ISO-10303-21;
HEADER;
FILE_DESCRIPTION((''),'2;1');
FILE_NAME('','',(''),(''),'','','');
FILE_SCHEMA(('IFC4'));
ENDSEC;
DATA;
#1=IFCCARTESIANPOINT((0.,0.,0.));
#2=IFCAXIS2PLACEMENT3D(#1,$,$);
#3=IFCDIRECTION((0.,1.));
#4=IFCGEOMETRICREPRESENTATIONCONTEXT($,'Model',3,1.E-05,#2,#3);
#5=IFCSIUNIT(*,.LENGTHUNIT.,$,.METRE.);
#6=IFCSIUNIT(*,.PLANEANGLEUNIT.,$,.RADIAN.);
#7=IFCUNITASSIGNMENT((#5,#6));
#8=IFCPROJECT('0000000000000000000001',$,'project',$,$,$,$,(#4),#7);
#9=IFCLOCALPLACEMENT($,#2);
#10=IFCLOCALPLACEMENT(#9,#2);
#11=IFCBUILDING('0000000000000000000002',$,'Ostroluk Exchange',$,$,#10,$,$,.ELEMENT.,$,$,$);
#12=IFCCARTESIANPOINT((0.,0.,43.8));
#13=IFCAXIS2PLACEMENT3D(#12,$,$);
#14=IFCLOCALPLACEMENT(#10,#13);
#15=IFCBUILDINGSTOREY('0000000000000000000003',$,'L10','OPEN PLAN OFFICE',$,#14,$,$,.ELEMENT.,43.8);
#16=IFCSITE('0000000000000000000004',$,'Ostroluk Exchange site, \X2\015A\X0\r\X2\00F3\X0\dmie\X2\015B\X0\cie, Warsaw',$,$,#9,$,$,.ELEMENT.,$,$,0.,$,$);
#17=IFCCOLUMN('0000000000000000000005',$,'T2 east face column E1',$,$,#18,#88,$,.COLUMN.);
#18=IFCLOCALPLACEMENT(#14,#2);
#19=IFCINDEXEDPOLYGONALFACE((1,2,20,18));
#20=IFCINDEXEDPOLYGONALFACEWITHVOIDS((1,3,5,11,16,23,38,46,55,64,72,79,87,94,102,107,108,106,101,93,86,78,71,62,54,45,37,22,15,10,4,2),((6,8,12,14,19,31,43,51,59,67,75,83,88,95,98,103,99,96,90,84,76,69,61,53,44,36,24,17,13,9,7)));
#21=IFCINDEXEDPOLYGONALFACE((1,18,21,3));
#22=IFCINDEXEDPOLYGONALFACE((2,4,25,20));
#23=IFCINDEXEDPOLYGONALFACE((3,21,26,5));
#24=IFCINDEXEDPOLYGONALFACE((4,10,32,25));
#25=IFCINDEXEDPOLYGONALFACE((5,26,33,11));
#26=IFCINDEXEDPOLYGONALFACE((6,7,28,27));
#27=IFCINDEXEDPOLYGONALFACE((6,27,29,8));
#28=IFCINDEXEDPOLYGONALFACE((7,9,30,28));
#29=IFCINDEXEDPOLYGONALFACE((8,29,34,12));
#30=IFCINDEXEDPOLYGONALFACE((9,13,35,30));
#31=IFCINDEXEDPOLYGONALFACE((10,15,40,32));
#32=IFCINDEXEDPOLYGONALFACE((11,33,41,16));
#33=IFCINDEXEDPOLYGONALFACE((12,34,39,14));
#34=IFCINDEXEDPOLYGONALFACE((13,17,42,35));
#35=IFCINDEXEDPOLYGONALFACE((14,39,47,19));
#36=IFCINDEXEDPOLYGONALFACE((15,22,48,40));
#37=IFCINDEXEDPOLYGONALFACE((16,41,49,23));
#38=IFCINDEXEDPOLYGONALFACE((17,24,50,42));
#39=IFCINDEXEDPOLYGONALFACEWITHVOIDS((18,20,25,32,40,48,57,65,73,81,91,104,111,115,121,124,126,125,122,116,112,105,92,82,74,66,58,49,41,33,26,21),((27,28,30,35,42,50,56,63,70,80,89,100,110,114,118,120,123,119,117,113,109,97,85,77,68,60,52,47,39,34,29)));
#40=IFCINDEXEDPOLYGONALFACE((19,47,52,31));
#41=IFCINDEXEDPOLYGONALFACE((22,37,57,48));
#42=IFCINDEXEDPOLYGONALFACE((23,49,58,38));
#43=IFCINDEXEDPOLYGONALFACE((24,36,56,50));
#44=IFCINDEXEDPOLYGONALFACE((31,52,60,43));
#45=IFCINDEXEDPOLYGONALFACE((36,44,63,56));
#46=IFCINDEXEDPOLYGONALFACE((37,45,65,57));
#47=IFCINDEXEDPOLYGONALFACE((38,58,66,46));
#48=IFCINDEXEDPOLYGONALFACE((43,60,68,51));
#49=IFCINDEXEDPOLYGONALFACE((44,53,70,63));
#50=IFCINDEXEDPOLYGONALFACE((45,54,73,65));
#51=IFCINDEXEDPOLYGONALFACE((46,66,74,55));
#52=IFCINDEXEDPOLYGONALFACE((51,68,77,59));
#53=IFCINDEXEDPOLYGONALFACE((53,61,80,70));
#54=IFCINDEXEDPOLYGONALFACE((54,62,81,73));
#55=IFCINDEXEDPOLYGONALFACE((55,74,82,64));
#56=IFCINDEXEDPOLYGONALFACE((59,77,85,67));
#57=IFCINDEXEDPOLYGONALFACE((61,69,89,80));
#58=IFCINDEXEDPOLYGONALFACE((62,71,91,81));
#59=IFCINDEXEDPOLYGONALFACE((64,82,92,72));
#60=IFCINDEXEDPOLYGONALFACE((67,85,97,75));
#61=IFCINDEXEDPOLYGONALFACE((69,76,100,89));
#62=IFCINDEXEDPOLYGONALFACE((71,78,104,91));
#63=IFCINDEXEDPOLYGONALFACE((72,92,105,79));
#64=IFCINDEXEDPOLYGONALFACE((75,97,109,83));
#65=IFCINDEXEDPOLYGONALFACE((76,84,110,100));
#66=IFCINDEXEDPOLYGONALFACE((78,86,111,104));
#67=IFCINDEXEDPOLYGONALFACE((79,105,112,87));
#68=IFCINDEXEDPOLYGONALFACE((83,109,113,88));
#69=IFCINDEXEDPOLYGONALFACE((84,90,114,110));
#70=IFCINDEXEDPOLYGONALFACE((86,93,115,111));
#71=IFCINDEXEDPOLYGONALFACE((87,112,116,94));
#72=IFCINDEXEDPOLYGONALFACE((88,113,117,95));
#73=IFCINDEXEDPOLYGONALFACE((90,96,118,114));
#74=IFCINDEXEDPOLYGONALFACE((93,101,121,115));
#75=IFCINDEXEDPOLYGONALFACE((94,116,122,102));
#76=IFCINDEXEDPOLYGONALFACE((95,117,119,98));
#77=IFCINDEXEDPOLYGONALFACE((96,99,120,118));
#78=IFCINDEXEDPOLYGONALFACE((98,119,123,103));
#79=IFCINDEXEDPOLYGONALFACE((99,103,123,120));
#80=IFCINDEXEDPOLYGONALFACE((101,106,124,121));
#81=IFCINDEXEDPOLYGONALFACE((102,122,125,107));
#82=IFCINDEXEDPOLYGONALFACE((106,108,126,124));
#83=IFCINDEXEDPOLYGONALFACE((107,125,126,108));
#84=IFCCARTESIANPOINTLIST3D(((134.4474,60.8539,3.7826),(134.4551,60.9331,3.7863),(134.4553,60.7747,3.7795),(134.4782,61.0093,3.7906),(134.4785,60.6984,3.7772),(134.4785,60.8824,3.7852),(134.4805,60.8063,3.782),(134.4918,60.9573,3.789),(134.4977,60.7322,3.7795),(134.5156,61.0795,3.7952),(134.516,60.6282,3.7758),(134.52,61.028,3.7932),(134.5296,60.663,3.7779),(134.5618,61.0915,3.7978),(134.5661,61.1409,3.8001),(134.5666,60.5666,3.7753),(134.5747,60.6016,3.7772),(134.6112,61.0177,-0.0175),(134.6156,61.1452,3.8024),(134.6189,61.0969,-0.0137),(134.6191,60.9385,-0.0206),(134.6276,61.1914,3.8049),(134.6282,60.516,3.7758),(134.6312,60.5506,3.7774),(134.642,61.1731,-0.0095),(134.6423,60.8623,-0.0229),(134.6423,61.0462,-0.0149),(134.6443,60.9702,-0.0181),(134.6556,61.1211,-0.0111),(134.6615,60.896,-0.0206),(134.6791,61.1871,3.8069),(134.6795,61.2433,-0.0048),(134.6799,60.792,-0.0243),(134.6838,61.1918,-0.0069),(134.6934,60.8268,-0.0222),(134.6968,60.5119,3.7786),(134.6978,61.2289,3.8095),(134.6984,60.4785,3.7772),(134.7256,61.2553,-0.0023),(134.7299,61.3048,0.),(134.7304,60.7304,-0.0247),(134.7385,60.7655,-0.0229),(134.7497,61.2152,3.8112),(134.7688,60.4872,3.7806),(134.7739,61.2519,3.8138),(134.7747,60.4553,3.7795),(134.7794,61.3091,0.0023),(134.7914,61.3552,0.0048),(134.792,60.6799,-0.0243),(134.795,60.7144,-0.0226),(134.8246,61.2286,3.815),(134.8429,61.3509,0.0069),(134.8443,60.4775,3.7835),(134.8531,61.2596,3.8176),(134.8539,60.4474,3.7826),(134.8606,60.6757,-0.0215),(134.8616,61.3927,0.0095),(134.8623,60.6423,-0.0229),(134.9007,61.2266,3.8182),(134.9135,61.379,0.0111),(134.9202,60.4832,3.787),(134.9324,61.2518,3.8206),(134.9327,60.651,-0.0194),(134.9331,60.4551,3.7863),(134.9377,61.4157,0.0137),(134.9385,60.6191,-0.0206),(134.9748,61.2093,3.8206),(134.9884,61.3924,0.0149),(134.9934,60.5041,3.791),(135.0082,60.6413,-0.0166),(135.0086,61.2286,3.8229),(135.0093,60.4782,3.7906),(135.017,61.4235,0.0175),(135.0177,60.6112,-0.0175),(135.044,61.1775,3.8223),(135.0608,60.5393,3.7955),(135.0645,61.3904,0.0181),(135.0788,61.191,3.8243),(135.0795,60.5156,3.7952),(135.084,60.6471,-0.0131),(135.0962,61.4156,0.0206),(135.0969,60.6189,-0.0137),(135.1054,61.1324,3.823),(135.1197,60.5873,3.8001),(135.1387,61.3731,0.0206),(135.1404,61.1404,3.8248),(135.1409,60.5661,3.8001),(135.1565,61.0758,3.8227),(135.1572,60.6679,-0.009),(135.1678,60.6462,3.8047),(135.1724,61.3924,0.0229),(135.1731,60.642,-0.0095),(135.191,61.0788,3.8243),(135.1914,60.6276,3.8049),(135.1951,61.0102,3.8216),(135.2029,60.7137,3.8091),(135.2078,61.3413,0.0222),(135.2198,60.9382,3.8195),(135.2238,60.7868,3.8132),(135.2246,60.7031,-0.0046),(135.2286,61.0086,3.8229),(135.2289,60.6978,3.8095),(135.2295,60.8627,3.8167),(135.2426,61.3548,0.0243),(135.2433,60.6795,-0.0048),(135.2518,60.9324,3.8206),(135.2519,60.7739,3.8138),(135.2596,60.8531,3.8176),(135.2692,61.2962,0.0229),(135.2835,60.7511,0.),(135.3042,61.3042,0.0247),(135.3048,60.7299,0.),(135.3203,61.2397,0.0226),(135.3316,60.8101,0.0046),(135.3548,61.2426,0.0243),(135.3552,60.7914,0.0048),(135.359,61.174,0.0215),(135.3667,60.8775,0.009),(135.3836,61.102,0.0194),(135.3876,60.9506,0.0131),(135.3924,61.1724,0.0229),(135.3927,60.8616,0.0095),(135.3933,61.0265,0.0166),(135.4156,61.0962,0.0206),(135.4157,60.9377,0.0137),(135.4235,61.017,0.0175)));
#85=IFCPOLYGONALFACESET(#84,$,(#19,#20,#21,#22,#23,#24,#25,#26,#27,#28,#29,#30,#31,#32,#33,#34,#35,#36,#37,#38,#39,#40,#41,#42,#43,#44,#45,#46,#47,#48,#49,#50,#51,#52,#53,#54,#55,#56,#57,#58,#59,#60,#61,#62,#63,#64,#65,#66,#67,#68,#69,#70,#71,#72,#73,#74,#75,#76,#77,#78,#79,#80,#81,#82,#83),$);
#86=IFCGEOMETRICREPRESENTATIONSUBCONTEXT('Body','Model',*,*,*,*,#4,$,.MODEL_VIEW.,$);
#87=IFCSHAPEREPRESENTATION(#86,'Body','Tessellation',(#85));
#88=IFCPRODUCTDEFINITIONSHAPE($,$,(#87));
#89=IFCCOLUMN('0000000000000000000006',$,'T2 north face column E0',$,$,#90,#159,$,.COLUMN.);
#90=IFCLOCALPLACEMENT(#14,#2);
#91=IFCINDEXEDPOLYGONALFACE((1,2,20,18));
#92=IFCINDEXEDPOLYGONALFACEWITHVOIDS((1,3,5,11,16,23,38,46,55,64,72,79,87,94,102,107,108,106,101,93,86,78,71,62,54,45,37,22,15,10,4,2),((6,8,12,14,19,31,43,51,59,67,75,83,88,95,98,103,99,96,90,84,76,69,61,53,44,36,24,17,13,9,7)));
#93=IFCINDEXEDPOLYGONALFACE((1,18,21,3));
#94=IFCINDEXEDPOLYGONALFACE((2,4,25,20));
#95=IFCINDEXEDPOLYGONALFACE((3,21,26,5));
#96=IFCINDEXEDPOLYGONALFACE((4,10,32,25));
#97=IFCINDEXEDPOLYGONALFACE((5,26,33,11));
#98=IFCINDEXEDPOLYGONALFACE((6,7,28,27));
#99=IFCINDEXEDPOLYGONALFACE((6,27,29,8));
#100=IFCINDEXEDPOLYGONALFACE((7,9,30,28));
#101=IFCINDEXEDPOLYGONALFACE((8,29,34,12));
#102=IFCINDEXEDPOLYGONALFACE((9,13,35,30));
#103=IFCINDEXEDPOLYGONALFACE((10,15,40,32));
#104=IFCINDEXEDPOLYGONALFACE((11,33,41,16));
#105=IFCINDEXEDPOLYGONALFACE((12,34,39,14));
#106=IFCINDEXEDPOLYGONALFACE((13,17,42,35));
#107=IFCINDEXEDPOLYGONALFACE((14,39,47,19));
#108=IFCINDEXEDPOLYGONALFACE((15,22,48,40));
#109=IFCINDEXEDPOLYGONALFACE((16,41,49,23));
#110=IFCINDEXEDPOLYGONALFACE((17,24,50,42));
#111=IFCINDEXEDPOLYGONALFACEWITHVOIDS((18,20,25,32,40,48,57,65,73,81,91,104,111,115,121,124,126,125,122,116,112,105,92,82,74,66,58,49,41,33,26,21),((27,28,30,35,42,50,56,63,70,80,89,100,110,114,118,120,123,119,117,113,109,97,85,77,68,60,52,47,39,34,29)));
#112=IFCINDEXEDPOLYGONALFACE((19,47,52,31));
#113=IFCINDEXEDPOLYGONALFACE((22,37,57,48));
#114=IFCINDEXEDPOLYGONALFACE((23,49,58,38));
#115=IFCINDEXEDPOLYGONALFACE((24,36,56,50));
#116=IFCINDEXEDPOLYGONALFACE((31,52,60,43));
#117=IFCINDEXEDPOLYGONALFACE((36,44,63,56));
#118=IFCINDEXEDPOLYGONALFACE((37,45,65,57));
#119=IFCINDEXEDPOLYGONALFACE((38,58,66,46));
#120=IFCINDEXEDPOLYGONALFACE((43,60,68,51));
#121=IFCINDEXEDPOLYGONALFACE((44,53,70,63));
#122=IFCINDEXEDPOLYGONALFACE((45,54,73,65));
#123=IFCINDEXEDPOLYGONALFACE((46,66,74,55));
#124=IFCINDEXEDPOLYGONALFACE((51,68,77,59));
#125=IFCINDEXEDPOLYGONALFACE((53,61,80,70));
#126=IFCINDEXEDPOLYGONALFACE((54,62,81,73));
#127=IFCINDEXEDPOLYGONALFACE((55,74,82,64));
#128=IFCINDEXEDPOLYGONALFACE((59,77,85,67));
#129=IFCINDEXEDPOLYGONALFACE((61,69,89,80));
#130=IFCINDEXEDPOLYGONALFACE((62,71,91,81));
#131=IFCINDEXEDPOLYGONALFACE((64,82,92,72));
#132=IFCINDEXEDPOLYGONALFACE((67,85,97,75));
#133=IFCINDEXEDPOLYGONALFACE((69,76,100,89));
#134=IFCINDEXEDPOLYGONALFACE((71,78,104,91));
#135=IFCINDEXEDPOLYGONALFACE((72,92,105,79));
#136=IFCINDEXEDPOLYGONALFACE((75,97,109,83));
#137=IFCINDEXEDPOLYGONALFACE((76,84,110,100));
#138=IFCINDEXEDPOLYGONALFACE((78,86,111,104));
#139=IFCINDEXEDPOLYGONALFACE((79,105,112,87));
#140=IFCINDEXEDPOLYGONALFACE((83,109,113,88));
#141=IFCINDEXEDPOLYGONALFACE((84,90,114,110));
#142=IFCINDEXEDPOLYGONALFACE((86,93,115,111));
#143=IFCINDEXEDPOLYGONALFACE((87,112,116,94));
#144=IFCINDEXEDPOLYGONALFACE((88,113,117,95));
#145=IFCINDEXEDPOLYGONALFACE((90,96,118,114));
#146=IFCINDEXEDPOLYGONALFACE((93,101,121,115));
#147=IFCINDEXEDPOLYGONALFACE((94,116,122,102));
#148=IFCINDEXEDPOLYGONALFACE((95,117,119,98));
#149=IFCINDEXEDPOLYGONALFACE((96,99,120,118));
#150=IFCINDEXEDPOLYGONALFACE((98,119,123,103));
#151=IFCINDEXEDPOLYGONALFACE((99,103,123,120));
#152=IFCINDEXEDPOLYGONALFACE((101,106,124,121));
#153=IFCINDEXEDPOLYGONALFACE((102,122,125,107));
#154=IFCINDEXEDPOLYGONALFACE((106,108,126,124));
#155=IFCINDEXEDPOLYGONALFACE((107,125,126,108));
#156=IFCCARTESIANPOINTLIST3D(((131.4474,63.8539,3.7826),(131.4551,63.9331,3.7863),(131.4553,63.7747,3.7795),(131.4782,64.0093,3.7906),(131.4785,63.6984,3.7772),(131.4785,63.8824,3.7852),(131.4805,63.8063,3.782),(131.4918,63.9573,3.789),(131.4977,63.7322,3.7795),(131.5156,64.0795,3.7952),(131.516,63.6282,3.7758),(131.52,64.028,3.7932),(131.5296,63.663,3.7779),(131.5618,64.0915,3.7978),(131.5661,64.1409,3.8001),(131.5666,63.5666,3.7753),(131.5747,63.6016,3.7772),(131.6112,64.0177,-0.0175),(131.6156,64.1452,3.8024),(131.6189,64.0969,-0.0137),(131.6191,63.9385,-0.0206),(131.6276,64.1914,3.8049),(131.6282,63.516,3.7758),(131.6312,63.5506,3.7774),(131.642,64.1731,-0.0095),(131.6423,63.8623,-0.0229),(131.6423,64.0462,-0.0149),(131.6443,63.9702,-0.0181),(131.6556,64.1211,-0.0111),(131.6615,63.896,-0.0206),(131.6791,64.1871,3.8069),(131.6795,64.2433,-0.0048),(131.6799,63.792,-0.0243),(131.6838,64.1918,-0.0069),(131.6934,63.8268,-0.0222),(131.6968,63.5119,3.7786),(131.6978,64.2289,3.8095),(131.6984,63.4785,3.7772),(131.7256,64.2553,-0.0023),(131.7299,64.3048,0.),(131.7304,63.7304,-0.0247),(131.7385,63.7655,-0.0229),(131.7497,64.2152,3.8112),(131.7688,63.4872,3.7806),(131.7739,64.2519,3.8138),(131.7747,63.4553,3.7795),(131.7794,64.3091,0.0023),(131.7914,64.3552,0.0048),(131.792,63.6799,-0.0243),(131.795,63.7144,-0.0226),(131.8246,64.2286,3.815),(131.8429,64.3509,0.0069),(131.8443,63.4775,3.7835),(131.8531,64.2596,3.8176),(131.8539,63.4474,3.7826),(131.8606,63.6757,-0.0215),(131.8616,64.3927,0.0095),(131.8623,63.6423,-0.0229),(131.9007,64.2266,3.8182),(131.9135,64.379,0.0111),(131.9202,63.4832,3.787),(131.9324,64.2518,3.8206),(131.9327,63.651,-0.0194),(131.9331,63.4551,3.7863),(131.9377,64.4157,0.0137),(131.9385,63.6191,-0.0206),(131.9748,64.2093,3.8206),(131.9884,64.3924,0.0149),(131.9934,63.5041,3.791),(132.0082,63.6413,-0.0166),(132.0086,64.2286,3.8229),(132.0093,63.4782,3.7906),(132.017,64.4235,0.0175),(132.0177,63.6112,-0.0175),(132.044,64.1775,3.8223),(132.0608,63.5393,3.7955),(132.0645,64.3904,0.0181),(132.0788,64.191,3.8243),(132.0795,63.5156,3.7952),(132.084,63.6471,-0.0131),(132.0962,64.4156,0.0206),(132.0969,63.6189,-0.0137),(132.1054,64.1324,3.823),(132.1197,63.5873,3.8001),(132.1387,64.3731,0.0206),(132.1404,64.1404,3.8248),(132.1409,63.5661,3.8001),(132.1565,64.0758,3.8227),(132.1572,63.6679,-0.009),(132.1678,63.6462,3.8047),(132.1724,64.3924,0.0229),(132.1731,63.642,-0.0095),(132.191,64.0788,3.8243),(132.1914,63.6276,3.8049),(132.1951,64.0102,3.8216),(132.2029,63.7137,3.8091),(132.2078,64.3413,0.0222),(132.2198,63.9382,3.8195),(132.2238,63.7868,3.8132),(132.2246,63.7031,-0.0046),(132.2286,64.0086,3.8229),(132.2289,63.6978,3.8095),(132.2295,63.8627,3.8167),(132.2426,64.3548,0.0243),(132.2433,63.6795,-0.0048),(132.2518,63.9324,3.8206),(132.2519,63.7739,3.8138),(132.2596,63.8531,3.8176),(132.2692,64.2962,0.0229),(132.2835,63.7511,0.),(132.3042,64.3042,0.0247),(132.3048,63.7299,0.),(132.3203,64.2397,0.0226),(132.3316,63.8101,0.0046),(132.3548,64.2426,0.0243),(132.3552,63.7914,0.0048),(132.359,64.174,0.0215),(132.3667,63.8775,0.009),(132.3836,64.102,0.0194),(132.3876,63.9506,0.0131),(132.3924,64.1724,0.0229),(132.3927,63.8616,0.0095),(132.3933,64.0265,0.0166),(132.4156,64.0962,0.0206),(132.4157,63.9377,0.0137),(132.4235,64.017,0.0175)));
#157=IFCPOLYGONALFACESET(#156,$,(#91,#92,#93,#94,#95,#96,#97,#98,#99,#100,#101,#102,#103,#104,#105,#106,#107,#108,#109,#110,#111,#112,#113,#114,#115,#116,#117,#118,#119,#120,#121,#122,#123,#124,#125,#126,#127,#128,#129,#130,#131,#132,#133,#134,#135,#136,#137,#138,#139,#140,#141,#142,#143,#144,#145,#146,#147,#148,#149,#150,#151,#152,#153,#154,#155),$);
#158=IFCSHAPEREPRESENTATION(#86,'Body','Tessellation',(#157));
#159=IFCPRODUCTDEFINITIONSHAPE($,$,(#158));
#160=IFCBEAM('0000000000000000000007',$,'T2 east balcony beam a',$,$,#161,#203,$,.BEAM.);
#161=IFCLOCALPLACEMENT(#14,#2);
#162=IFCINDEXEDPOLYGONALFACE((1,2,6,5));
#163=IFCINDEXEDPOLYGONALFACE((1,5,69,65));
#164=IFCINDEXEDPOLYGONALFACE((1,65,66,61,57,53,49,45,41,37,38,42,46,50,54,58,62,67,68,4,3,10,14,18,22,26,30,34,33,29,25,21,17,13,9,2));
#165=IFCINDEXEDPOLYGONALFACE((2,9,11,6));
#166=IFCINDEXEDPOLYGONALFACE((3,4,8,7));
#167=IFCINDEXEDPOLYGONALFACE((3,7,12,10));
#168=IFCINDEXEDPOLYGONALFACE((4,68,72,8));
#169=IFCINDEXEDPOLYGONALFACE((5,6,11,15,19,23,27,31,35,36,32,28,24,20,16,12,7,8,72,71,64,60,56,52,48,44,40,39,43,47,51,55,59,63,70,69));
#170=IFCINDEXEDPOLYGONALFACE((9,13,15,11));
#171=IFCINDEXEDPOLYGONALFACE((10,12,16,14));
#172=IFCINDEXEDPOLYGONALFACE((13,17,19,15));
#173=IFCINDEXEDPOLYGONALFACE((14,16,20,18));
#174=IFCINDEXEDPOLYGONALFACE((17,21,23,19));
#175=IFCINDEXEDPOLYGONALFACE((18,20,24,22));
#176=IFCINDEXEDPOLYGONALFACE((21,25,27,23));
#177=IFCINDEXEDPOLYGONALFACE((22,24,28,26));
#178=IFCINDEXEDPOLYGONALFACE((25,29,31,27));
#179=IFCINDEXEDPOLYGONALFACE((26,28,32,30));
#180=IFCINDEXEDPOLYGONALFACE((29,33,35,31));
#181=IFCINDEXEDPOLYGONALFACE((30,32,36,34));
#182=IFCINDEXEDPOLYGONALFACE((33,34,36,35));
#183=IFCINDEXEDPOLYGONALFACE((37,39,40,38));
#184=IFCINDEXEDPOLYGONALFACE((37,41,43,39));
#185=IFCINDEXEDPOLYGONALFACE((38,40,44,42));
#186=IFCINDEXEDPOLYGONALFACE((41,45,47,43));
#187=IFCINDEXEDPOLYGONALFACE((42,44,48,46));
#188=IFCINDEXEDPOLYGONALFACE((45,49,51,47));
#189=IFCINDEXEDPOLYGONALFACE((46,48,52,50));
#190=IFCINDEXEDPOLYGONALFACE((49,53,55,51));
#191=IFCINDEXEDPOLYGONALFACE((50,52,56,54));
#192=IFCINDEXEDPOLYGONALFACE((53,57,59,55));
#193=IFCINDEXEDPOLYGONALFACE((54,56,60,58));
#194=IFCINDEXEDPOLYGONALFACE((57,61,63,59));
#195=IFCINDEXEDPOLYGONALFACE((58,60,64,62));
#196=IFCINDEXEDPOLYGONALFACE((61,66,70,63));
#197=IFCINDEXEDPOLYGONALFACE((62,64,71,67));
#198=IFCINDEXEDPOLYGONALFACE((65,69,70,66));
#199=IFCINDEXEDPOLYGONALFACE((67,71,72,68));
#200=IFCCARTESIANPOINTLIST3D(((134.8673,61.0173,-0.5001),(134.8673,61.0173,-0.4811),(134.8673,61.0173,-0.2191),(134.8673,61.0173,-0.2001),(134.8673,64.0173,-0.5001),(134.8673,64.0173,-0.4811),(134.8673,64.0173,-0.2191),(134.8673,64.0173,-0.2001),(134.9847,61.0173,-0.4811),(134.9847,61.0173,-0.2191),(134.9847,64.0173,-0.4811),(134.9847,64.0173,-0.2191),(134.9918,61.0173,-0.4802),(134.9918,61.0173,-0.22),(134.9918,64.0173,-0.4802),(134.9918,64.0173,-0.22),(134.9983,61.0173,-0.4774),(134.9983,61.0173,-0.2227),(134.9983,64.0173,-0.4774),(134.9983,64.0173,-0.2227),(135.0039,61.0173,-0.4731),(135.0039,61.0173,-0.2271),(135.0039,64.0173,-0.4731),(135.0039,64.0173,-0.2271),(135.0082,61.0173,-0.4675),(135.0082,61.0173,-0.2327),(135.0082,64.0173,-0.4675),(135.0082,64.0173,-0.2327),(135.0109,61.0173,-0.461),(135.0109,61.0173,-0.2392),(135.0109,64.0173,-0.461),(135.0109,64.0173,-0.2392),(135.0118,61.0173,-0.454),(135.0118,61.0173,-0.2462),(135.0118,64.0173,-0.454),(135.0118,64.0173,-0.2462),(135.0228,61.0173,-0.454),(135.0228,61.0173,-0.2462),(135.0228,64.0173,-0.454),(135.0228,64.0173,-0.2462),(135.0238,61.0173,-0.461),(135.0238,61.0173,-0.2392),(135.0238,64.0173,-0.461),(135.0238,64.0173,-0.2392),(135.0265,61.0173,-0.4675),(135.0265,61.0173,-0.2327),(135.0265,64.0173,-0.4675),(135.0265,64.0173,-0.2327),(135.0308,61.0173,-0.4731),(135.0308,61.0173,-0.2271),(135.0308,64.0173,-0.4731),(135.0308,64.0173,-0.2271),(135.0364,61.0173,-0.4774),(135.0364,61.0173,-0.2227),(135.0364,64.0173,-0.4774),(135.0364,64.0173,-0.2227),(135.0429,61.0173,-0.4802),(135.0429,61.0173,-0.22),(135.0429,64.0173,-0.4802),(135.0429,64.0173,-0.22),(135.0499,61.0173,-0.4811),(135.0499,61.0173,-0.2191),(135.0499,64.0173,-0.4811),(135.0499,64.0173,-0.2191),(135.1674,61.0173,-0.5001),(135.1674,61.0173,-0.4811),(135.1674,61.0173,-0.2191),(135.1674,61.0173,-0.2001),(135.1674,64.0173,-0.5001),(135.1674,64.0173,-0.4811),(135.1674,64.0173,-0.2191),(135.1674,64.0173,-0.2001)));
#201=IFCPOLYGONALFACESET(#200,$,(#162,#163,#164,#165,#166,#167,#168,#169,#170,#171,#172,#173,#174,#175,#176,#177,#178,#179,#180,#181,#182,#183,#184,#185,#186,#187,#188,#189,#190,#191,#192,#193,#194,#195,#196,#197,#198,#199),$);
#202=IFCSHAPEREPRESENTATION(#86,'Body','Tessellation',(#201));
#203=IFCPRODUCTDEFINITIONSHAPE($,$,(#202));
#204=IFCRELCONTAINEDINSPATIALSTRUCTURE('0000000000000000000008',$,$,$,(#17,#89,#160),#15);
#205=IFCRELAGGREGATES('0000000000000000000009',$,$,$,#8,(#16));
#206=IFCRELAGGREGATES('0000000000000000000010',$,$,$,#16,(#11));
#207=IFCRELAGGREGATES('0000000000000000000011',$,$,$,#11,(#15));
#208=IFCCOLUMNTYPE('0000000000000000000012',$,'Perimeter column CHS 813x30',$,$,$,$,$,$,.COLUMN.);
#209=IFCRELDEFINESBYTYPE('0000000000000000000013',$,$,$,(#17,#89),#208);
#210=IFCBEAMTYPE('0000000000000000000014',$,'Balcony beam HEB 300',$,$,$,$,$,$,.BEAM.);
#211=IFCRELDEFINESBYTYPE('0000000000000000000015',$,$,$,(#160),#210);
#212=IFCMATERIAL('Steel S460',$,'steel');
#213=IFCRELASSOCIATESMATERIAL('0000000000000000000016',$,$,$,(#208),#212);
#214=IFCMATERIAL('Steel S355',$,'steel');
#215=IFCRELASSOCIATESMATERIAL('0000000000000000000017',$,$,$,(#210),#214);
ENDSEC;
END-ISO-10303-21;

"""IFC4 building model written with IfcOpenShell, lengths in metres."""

from ifc_helpers import new_model, si_unit, direction, frame, origin, origin_2d, place, context, subcontext, project, spatial, hollow_circle, i_section, extrude, material, material_profile, profile_set, type_object, element, save


model = new_model("IFC4")

# Units and contexts
model_context = context("Model", 3, precision=1e-05, world=origin(), true_north=direction((0.0, 1.0)))
body_context = subcontext(model_context, "Body", "Model", "MODEL_VIEW")
ifc_project = project(units=[si_unit("LENGTHUNIT", "METRE"), si_unit("PLANEANGLEUNIT", "RADIAN")], contexts=[model_context])

# Site, building, storey
site_placement = place(None, origin())
site = spatial("IfcSite", under=ifc_project, at=site_placement, Name="Ostroluk Exchange site, Śródmieście, Warsaw", CompositionType="ELEMENT", RefElevation=0.0)
building_placement = place(site_placement, origin())
building = spatial("IfcBuilding", under=site, at=building_placement, Name="Ostroluk Exchange", CompositionType="ELEMENT")
storey_placement = place(building_placement, frame((0.0, 0.0, 43.8)))
storey = spatial("IfcBuildingStorey", under=building, at=storey_placement, Name="L10", Description="OPEN PLAN OFFICE", CompositionType="ELEMENT", Elevation=43.8)

# Columns
ifc_material_1 = material(Name="Steel S460", Category="steel")
ifc_material_profile_1 = material_profile(ifc_material_1, hollow_circle(Radius=0.4065, WallThickness=0.03, at=origin_2d()), Name="CHS 813x30")
ifc_profile_set_1 = profile_set([ifc_material_profile_1], Name="Steel S460")
column_type = type_object("IfcColumnType", Name="Perimeter column CHS 813x30", PredefinedType="COLUMN", material=ifc_profile_set_1)
for number, where, z_axis, x_axis, name in (
    (1, (135.0173, 61.0173, 0.0), (-0.04303, -0.04303, 0.998147), (0.707107, -0.707107, 0.0), "T2 east face column E1"),
    (2, (132.0173, 64.0173, 0.0), (-0.04303, -0.04303, 0.998147), (0.707107, -0.707107, 0.0), "T2 north face column E0"),
):
    element("IfcColumn", number, at=place(storey_placement, frame(where, z_axis=z_axis, x_axis=x_axis)), inside=storey, type_object=column_type, Name=name, PredefinedType="COLUMN", context=body_context, shape_type="SweptSolid", body=[
        extrude(hollow_circle(Radius=0.4065, WallThickness=0.03, at=origin_2d()), origin(), (0.0, 0.0, 1.0), 3.8071),
    ])

# Beam
ifc_material_2 = material(Name="Steel S355", Category="steel")
ifc_material_profile_2 = material_profile(ifc_material_2, i_section(OverallWidth=0.3, OverallDepth=0.3, WebThickness=0.011, FlangeThickness=0.019, FilletRadius=0.0271, at=origin_2d()), Name="HEB 300")
ifc_profile_set_2 = profile_set([ifc_material_profile_2], Name="Steel S355")
beam_type_1 = type_object("IfcBeamType", Name="Balcony beam HEB 300", PredefinedType="BEAM", material=ifc_profile_set_2)
for number, where, z_axis, x_axis, name in (
    (3, (135.0173, 61.0173, -0.3501), (0.0, 1.0, 0.0), (-1.0, 0.0, 0.0), "T2 east balcony beam a"),
):
    element("IfcBeam", number, at=place(storey_placement, frame(where, z_axis=z_axis, x_axis=x_axis)), inside=storey, type_object=beam_type_1, Name=name, PredefinedType="BEAM", context=body_context, shape_type="SweptSolid", body=[
        extrude(i_section(OverallWidth=0.3, OverallDepth=0.3, WebThickness=0.011, FlangeThickness=0.019, FilletRadius=0.0271, at=origin_2d()), origin(), (0.0, 0.0, 1.0), 3.0),
    ])

save(model, "model.ifc")
